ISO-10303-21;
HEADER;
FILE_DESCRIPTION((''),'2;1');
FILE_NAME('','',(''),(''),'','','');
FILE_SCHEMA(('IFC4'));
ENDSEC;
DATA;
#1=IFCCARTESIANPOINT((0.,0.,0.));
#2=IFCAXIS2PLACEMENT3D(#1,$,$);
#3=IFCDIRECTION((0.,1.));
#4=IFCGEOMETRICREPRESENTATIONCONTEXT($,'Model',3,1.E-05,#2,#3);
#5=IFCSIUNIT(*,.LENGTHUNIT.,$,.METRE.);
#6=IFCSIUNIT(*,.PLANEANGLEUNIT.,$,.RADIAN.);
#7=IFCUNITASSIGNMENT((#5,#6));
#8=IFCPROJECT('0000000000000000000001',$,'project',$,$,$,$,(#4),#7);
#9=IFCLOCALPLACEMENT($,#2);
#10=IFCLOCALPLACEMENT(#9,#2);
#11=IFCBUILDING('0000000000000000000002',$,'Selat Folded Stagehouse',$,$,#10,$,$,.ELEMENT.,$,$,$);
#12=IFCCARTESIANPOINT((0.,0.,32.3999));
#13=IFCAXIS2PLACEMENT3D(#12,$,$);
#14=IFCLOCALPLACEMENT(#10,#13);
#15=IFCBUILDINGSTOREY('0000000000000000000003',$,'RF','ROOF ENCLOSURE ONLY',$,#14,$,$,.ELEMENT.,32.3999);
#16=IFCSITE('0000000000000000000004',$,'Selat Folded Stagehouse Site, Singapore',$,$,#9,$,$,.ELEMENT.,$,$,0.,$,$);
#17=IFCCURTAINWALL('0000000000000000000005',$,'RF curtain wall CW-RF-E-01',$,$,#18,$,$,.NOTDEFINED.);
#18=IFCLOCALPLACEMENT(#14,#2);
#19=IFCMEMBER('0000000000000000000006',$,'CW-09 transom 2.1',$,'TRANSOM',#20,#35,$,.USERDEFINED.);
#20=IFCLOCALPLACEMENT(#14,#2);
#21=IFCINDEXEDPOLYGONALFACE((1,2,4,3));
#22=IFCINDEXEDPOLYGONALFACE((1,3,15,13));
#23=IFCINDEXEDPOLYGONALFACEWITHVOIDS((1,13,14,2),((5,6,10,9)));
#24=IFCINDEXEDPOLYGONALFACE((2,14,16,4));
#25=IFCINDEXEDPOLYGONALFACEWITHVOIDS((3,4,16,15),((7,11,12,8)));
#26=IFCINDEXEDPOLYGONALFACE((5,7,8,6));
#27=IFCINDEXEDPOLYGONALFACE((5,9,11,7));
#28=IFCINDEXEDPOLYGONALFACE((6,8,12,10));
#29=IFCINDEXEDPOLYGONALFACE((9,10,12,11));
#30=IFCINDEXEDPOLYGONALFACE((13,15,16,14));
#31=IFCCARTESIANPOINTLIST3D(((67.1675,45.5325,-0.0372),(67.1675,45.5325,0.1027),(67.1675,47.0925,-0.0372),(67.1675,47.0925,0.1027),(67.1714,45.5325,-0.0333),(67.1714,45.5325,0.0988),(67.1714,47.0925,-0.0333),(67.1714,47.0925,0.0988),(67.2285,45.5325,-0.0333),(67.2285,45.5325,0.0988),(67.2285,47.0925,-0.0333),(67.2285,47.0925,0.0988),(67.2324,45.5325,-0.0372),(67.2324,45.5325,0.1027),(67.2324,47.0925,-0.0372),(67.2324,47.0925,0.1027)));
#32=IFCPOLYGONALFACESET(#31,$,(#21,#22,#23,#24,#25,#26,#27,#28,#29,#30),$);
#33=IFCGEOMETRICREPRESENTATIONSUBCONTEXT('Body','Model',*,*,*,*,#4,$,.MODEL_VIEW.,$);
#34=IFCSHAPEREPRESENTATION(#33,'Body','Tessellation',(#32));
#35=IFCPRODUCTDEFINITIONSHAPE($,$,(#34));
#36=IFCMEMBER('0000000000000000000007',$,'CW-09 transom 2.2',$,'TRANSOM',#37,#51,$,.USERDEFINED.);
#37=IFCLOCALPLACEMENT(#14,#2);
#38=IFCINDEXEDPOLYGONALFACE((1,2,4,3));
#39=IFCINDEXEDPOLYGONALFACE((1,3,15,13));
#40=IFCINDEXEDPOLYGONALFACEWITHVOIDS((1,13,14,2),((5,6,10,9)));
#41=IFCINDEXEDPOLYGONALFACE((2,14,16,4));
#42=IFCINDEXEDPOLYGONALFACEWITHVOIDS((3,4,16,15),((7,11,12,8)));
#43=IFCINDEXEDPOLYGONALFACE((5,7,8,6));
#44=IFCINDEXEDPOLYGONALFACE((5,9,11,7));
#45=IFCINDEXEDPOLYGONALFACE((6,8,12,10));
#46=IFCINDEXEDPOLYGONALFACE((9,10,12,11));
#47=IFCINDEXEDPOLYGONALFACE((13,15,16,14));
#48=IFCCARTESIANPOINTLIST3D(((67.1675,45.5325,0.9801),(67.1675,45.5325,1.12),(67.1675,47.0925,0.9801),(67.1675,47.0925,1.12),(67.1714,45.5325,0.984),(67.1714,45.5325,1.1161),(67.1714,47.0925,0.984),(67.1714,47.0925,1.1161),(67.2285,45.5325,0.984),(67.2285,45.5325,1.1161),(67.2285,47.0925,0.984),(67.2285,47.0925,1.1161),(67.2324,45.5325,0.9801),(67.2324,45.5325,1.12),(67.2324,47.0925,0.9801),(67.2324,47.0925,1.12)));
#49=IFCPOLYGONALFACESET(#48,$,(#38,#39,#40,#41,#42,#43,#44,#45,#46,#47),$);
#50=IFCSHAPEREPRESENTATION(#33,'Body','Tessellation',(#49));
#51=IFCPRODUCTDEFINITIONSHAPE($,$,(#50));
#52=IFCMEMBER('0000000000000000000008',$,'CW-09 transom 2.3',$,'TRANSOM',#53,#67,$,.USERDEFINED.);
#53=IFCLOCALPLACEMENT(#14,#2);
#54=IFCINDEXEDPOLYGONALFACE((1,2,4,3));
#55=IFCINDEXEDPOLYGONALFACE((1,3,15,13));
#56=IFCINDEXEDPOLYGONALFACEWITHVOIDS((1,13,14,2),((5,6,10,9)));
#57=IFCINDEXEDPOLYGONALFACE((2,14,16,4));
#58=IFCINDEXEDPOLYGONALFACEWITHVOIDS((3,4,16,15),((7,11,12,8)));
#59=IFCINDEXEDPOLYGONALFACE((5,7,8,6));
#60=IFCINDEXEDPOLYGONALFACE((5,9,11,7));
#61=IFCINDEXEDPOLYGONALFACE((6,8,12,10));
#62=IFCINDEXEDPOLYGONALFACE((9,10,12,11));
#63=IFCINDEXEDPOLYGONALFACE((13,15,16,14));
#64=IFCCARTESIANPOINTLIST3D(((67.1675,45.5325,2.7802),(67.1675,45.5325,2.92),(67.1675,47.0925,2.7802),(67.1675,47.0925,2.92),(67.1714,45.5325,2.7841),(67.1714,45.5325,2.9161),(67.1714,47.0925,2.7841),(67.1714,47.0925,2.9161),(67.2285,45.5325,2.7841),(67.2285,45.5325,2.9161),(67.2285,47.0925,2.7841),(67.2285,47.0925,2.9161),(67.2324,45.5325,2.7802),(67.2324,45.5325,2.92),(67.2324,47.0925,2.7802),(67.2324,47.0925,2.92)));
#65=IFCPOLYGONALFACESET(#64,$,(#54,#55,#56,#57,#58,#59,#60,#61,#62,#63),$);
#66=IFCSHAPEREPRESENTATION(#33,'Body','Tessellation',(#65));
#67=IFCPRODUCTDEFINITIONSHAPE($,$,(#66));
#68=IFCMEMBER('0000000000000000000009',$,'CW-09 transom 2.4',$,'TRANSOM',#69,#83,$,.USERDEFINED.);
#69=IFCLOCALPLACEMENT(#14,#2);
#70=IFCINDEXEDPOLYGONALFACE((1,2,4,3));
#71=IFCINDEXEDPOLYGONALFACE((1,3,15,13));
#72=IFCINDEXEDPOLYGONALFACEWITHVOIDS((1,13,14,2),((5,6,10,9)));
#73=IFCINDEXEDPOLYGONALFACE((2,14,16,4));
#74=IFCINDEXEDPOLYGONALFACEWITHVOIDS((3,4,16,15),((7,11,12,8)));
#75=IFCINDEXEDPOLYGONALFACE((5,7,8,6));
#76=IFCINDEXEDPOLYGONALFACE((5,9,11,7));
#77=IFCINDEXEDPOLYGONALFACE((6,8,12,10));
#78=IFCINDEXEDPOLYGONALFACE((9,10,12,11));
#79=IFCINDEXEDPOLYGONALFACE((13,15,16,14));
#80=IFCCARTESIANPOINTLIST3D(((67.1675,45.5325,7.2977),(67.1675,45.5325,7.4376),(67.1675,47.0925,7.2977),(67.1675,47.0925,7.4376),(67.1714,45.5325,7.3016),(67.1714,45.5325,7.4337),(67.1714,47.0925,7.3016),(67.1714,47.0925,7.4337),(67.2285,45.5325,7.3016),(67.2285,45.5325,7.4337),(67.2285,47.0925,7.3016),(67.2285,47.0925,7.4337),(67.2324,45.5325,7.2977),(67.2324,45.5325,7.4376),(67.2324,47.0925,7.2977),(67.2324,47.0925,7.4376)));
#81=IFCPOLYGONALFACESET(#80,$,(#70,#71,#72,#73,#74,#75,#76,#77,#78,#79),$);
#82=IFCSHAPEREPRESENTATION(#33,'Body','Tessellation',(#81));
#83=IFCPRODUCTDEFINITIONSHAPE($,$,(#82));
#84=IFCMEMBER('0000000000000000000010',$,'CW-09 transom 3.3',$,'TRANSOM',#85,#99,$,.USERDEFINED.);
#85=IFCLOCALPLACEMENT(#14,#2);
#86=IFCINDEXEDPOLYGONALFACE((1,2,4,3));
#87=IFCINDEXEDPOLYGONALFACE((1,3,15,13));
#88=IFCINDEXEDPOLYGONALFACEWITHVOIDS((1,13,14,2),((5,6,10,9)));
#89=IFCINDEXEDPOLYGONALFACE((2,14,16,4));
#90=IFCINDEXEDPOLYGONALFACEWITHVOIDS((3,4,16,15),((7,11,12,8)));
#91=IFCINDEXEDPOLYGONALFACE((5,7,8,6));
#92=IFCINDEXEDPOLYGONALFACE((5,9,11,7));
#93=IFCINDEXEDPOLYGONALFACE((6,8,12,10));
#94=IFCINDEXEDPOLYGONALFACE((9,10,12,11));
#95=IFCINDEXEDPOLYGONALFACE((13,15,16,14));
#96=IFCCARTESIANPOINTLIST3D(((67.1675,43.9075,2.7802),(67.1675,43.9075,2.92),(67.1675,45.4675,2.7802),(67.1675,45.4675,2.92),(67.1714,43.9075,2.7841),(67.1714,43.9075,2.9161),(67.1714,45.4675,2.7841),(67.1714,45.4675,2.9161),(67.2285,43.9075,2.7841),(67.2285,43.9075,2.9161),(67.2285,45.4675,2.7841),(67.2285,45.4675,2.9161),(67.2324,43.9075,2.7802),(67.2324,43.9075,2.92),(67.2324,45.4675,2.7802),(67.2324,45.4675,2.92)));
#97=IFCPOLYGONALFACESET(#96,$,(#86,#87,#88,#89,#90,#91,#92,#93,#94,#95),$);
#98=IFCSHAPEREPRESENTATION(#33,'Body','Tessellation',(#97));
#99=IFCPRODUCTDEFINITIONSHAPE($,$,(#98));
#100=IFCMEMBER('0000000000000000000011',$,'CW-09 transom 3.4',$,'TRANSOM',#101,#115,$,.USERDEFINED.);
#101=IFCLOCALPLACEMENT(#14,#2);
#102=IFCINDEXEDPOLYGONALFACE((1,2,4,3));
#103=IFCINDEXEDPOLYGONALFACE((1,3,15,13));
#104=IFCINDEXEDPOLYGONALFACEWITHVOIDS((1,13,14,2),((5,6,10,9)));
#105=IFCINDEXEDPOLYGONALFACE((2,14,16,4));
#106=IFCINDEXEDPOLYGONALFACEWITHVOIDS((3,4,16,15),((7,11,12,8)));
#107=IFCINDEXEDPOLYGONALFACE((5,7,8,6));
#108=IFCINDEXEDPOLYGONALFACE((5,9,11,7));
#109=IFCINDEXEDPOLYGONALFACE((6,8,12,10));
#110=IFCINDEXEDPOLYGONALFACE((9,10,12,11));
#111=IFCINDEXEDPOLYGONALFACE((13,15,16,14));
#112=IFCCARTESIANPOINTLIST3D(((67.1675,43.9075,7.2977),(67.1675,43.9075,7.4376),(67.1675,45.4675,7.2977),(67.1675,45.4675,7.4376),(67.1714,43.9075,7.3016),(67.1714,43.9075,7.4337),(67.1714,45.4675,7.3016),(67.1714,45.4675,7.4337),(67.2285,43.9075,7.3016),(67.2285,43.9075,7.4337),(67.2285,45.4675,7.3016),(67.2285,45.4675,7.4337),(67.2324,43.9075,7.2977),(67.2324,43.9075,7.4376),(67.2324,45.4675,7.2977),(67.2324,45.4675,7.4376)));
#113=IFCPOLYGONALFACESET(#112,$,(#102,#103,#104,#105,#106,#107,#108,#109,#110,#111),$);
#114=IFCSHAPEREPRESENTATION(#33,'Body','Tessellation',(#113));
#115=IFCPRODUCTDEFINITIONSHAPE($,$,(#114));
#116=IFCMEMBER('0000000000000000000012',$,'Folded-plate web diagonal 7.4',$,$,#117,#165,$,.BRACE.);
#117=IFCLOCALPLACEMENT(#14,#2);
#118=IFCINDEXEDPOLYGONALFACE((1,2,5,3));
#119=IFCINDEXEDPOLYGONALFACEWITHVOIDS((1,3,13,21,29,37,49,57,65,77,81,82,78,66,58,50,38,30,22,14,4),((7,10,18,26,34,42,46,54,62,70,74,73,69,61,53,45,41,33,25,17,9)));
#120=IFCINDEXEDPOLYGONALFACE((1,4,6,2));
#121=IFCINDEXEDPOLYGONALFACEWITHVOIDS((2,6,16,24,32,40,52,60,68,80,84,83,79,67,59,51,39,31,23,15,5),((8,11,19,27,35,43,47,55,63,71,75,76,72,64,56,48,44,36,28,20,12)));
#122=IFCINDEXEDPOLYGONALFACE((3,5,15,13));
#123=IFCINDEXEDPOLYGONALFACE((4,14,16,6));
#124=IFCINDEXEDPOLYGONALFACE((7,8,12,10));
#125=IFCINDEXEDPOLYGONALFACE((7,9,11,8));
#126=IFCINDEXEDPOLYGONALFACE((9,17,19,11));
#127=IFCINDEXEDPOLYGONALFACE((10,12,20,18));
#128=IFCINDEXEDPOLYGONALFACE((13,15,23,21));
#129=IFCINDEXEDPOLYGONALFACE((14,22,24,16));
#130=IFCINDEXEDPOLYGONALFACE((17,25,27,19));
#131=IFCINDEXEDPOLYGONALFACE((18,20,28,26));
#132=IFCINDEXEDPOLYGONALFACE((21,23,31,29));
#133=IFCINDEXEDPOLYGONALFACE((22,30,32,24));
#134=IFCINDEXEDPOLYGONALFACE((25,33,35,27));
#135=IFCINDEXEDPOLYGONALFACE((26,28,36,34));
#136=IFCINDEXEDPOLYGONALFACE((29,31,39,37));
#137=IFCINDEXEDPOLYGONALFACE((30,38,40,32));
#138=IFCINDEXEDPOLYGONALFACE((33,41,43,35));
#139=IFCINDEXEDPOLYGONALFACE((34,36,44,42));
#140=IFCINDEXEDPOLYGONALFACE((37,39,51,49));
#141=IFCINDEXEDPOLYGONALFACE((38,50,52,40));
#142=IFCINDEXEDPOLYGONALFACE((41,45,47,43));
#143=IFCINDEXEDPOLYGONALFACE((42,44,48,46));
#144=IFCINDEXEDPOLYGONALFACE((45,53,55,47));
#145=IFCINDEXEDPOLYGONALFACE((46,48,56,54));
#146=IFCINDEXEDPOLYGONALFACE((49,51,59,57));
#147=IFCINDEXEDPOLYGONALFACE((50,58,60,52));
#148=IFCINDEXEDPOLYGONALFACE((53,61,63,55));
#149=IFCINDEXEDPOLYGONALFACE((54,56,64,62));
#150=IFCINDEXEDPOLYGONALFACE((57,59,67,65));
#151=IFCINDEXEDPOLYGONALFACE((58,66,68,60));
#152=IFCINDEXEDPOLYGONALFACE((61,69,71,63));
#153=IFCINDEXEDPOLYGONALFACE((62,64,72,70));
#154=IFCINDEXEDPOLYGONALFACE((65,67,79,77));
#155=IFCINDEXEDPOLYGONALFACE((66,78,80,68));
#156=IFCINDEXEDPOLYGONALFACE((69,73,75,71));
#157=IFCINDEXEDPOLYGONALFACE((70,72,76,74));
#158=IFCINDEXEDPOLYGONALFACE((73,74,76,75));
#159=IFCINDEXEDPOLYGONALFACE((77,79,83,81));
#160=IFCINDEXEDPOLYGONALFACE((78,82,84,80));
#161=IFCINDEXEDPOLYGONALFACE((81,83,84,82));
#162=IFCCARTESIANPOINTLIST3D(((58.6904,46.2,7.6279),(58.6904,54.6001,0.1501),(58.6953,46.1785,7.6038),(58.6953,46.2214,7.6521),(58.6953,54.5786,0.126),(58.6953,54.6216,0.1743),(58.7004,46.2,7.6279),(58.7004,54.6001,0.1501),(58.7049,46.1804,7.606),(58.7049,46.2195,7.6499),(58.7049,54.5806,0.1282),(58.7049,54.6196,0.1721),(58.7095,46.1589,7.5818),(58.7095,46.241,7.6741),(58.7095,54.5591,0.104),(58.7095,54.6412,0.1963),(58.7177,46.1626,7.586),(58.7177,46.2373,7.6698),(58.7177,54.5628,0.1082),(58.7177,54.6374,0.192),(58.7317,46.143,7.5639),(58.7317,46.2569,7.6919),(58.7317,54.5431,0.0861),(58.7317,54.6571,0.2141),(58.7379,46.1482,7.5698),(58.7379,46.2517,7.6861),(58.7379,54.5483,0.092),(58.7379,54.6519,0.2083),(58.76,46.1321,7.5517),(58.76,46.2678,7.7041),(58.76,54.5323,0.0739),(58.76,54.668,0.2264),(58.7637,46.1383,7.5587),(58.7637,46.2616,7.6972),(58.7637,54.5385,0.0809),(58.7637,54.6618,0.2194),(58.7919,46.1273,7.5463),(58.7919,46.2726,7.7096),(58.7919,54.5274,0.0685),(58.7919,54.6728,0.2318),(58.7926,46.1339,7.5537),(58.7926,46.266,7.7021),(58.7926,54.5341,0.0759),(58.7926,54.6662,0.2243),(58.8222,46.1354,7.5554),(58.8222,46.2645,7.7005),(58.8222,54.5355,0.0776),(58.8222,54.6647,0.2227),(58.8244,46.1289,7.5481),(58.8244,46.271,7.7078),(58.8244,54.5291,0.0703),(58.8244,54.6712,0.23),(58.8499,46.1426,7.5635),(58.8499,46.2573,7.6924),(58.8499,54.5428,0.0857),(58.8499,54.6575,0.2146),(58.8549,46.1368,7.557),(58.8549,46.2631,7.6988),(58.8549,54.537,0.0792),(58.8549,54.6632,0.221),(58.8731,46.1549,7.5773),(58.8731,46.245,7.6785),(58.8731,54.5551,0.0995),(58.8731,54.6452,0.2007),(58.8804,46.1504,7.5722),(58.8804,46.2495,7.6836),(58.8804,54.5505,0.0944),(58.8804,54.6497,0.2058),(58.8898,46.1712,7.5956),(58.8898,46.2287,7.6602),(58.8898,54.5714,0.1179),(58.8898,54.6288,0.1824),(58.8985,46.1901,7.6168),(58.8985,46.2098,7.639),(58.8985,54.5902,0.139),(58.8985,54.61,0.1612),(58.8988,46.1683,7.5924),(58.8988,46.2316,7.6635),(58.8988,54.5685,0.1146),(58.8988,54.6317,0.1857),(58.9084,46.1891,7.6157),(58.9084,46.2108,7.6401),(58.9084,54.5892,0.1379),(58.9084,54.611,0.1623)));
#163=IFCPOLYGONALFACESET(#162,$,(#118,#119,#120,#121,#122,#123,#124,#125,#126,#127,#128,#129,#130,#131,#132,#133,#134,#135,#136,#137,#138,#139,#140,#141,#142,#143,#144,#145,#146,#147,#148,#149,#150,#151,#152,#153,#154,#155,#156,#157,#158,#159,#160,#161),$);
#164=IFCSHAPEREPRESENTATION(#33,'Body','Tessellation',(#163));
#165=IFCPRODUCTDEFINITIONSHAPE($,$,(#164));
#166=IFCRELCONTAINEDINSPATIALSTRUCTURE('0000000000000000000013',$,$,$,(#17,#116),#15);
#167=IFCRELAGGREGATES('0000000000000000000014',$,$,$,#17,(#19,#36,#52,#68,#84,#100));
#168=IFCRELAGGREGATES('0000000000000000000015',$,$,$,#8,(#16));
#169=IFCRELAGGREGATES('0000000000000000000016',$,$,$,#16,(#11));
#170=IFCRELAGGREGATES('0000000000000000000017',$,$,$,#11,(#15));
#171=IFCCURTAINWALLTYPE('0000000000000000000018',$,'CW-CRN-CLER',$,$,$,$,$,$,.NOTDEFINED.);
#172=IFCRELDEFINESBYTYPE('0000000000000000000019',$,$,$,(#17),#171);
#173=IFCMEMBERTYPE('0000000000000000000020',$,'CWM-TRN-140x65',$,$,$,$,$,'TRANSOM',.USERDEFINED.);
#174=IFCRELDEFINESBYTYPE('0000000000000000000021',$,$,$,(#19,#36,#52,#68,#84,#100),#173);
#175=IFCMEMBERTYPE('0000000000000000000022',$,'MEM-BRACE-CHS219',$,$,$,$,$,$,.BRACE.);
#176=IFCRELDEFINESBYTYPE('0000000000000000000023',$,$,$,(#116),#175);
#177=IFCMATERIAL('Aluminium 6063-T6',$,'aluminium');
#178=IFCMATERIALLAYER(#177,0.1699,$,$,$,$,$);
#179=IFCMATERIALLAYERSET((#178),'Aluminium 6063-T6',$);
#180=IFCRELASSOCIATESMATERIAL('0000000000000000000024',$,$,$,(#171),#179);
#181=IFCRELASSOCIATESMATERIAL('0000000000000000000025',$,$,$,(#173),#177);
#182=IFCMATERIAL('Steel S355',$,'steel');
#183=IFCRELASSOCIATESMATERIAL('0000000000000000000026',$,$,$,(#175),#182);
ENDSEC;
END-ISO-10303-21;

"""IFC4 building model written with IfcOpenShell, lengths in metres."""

from ifc_helpers import new_model, si_unit, direction, frame, origin, origin_2d, place, context, subcontext, project, spatial, hollow_rectangle, hollow_circle, extrude, material, layer, layer_set, material_profile, profile_set, type_object, element, aggregate, save


model = new_model("IFC4")

# Units and contexts
model_context = context("Model", 3, precision=1e-05, world=origin(), true_north=direction((0.0, 1.0)))
body_context = subcontext(model_context, "Body", "Model", "MODEL_VIEW")
ifc_project = project(units=[si_unit("LENGTHUNIT", "METRE"), si_unit("PLANEANGLEUNIT", "RADIAN")], contexts=[model_context])

# Site, building, storey
site_placement = place(None, origin())
site = spatial("IfcSite", under=ifc_project, at=site_placement, Name="Selat Folded Stagehouse Site, Singapore", CompositionType="ELEMENT", RefElevation=0.0)
building_placement = place(site_placement, origin())
building = spatial("IfcBuilding", under=site, at=building_placement, Name="Selat Folded Stagehouse", CompositionType="ELEMENT")
storey_placement = place(building_placement, frame((0.0, 0.0, 32.3999)))
storey = spatial("IfcBuildingStorey", under=building, at=storey_placement, Name="RF", Description="ROOF ENCLOSURE ONLY", CompositionType="ELEMENT", Elevation=32.3999)

# Shared definitions
ifc_material_1 = material(Name="Steel S355", Category="steel")

# Shared definitions
ifc_material_2 = material(Name="Aluminium 6063-T6", Category="aluminium")
ifc_layer_1 = layer(ifc_material_2, 0.1699)
ifc_layer_set_1 = layer_set([ifc_layer_1], Name="Aluminium 6063-T6")
curtain_wall_type = type_object("IfcCurtainWallType", Name="CW-CRN-CLER", PredefinedType="NOTDEFINED", material=ifc_layer_set_1)

# Curtain wall, members
curtain_wall_1_placement = place(storey_placement, origin())
curtain_wall_1 = element("IfcCurtainWall", 1, at=curtain_wall_1_placement, inside=storey, type_object=curtain_wall_type, Name="RF curtain wall CW-RF-E-01", PredefinedType="NOTDEFINED")
ifc_material_profile_1 = material_profile(ifc_material_2, hollow_rectangle(XDim=0.0649, YDim=0.1399, WallThickness=0.0039, at=origin_2d()), Name="ALU 140x65x4.0")
ifc_profile_set_1 = profile_set([ifc_material_profile_1], Name="Aluminium 6063-T6")
member_type_1 = type_object("IfcMemberType", Name="CWM-TRN-140x65", ElementType="TRANSOM", PredefinedType="USERDEFINED", material=ifc_profile_set_1)
member_1_placement = place(storey_placement, frame((67.2, 47.0925, 0.0327), z_axis=(0.0, -1.0, 0.0), x_axis=(1.0, 0.0, 0.0)))
member_1 = element("IfcMember", 2, at=member_1_placement, type_object=member_type_1, Name="CW-09 transom 2.1", ObjectType="TRANSOM", PredefinedType="USERDEFINED", context=body_context, shape_type="SweptSolid", body=[
    extrude(hollow_rectangle(XDim=0.0649, YDim=0.1399, WallThickness=0.0039, at=origin_2d()), origin(), (0.0, 0.0, 1.0), 1.5601),
])
member_2_placement = place(storey_placement, frame((67.2, 47.0925, 1.05), z_axis=(0.0, -1.0, 0.0), x_axis=(1.0, 0.0, 0.0)))
member_2 = element("IfcMember", 3, at=member_2_placement, type_object=member_type_1, Name="CW-09 transom 2.2", ObjectType="TRANSOM", PredefinedType="USERDEFINED", context=body_context, shape_type="SweptSolid", body=[
    extrude(hollow_rectangle(XDim=0.0649, YDim=0.1399, WallThickness=0.0039, at=origin_2d()), origin(), (0.0, 0.0, 1.0), 1.5601),
])
member_3_placement = place(storey_placement, frame((67.2, 47.0925, 2.8501), z_axis=(0.0, -1.0, 0.0), x_axis=(1.0, 0.0, 0.0)))
member_3 = element("IfcMember", 4, at=member_3_placement, type_object=member_type_1, Name="CW-09 transom 2.3", ObjectType="TRANSOM", PredefinedType="USERDEFINED", context=body_context, shape_type="SweptSolid", body=[
    extrude(hollow_rectangle(XDim=0.0649, YDim=0.1399, WallThickness=0.0039, at=origin_2d()), origin(), (0.0, 0.0, 1.0), 1.5601),
])
member_4_placement = place(storey_placement, frame((67.2, 47.0925, 7.3677), z_axis=(0.0, -1.0, 0.0), x_axis=(1.0, 0.0, 0.0)))
member_4 = element("IfcMember", 5, at=member_4_placement, type_object=member_type_1, Name="CW-09 transom 2.4", ObjectType="TRANSOM", PredefinedType="USERDEFINED", context=body_context, shape_type="SweptSolid", body=[
    extrude(hollow_rectangle(XDim=0.0649, YDim=0.1399, WallThickness=0.0039, at=origin_2d()), origin(), (0.0, 0.0, 1.0), 1.5601),
])
member_5_placement = place(storey_placement, frame((67.2, 45.4675, 2.8501), z_axis=(0.0, -1.0, 0.0), x_axis=(1.0, 0.0, 0.0)))
member_5 = element("IfcMember", 6, at=member_5_placement, type_object=member_type_1, Name="CW-09 transom 3.3", ObjectType="TRANSOM", PredefinedType="USERDEFINED", context=body_context, shape_type="SweptSolid", body=[
    extrude(hollow_rectangle(XDim=0.0649, YDim=0.1399, WallThickness=0.0039, at=origin_2d()), origin(), (0.0, 0.0, 1.0), 1.5601),
])
member_6_placement = place(storey_placement, frame((67.2, 45.4675, 7.3677), z_axis=(0.0, -1.0, 0.0), x_axis=(1.0, 0.0, 0.0)))
member_6 = element("IfcMember", 7, at=member_6_placement, type_object=member_type_1, Name="CW-09 transom 3.4", ObjectType="TRANSOM", PredefinedType="USERDEFINED", context=body_context, shape_type="SweptSolid", body=[
    extrude(hollow_rectangle(XDim=0.0649, YDim=0.1399, WallThickness=0.0039, at=origin_2d()), origin(), (0.0, 0.0, 1.0), 1.5601),
])

# Member
ifc_material_profile_2 = material_profile(ifc_material_1, hollow_circle(Radius=0.1096, WallThickness=0.01, at=origin_2d()), Name="CHS 219.1x10.0")
ifc_profile_set_2 = profile_set([ifc_material_profile_2], Name="Steel S355")
member_type_2 = type_object("IfcMemberType", Name="MEM-BRACE-CHS219", PredefinedType="BRACE", material=ifc_profile_set_2)
for number, where, z_axis, x_axis, name in (
    (8, (58.8, 46.2, 7.6279), (0.0, 0.746924, -0.664909), (-1.0, 0.0, 0.0), "Folded-plate web diagonal 7.4"),
):
    element("IfcMember", number, at=place(storey_placement, frame(where, z_axis=z_axis, x_axis=x_axis)), inside=storey, type_object=member_type_2, Name=name, PredefinedType="BRACE", context=body_context, shape_type="SweptSolid", body=[
        extrude(hollow_circle(Radius=0.1096, WallThickness=0.01, at=origin_2d()), origin(), (0.0, 0.0, 1.0), 11.2463),
    ])

aggregate(curtain_wall_1, [member_1, member_2, member_3, member_4, member_5, member_6])

save(model, "model.ifc")
